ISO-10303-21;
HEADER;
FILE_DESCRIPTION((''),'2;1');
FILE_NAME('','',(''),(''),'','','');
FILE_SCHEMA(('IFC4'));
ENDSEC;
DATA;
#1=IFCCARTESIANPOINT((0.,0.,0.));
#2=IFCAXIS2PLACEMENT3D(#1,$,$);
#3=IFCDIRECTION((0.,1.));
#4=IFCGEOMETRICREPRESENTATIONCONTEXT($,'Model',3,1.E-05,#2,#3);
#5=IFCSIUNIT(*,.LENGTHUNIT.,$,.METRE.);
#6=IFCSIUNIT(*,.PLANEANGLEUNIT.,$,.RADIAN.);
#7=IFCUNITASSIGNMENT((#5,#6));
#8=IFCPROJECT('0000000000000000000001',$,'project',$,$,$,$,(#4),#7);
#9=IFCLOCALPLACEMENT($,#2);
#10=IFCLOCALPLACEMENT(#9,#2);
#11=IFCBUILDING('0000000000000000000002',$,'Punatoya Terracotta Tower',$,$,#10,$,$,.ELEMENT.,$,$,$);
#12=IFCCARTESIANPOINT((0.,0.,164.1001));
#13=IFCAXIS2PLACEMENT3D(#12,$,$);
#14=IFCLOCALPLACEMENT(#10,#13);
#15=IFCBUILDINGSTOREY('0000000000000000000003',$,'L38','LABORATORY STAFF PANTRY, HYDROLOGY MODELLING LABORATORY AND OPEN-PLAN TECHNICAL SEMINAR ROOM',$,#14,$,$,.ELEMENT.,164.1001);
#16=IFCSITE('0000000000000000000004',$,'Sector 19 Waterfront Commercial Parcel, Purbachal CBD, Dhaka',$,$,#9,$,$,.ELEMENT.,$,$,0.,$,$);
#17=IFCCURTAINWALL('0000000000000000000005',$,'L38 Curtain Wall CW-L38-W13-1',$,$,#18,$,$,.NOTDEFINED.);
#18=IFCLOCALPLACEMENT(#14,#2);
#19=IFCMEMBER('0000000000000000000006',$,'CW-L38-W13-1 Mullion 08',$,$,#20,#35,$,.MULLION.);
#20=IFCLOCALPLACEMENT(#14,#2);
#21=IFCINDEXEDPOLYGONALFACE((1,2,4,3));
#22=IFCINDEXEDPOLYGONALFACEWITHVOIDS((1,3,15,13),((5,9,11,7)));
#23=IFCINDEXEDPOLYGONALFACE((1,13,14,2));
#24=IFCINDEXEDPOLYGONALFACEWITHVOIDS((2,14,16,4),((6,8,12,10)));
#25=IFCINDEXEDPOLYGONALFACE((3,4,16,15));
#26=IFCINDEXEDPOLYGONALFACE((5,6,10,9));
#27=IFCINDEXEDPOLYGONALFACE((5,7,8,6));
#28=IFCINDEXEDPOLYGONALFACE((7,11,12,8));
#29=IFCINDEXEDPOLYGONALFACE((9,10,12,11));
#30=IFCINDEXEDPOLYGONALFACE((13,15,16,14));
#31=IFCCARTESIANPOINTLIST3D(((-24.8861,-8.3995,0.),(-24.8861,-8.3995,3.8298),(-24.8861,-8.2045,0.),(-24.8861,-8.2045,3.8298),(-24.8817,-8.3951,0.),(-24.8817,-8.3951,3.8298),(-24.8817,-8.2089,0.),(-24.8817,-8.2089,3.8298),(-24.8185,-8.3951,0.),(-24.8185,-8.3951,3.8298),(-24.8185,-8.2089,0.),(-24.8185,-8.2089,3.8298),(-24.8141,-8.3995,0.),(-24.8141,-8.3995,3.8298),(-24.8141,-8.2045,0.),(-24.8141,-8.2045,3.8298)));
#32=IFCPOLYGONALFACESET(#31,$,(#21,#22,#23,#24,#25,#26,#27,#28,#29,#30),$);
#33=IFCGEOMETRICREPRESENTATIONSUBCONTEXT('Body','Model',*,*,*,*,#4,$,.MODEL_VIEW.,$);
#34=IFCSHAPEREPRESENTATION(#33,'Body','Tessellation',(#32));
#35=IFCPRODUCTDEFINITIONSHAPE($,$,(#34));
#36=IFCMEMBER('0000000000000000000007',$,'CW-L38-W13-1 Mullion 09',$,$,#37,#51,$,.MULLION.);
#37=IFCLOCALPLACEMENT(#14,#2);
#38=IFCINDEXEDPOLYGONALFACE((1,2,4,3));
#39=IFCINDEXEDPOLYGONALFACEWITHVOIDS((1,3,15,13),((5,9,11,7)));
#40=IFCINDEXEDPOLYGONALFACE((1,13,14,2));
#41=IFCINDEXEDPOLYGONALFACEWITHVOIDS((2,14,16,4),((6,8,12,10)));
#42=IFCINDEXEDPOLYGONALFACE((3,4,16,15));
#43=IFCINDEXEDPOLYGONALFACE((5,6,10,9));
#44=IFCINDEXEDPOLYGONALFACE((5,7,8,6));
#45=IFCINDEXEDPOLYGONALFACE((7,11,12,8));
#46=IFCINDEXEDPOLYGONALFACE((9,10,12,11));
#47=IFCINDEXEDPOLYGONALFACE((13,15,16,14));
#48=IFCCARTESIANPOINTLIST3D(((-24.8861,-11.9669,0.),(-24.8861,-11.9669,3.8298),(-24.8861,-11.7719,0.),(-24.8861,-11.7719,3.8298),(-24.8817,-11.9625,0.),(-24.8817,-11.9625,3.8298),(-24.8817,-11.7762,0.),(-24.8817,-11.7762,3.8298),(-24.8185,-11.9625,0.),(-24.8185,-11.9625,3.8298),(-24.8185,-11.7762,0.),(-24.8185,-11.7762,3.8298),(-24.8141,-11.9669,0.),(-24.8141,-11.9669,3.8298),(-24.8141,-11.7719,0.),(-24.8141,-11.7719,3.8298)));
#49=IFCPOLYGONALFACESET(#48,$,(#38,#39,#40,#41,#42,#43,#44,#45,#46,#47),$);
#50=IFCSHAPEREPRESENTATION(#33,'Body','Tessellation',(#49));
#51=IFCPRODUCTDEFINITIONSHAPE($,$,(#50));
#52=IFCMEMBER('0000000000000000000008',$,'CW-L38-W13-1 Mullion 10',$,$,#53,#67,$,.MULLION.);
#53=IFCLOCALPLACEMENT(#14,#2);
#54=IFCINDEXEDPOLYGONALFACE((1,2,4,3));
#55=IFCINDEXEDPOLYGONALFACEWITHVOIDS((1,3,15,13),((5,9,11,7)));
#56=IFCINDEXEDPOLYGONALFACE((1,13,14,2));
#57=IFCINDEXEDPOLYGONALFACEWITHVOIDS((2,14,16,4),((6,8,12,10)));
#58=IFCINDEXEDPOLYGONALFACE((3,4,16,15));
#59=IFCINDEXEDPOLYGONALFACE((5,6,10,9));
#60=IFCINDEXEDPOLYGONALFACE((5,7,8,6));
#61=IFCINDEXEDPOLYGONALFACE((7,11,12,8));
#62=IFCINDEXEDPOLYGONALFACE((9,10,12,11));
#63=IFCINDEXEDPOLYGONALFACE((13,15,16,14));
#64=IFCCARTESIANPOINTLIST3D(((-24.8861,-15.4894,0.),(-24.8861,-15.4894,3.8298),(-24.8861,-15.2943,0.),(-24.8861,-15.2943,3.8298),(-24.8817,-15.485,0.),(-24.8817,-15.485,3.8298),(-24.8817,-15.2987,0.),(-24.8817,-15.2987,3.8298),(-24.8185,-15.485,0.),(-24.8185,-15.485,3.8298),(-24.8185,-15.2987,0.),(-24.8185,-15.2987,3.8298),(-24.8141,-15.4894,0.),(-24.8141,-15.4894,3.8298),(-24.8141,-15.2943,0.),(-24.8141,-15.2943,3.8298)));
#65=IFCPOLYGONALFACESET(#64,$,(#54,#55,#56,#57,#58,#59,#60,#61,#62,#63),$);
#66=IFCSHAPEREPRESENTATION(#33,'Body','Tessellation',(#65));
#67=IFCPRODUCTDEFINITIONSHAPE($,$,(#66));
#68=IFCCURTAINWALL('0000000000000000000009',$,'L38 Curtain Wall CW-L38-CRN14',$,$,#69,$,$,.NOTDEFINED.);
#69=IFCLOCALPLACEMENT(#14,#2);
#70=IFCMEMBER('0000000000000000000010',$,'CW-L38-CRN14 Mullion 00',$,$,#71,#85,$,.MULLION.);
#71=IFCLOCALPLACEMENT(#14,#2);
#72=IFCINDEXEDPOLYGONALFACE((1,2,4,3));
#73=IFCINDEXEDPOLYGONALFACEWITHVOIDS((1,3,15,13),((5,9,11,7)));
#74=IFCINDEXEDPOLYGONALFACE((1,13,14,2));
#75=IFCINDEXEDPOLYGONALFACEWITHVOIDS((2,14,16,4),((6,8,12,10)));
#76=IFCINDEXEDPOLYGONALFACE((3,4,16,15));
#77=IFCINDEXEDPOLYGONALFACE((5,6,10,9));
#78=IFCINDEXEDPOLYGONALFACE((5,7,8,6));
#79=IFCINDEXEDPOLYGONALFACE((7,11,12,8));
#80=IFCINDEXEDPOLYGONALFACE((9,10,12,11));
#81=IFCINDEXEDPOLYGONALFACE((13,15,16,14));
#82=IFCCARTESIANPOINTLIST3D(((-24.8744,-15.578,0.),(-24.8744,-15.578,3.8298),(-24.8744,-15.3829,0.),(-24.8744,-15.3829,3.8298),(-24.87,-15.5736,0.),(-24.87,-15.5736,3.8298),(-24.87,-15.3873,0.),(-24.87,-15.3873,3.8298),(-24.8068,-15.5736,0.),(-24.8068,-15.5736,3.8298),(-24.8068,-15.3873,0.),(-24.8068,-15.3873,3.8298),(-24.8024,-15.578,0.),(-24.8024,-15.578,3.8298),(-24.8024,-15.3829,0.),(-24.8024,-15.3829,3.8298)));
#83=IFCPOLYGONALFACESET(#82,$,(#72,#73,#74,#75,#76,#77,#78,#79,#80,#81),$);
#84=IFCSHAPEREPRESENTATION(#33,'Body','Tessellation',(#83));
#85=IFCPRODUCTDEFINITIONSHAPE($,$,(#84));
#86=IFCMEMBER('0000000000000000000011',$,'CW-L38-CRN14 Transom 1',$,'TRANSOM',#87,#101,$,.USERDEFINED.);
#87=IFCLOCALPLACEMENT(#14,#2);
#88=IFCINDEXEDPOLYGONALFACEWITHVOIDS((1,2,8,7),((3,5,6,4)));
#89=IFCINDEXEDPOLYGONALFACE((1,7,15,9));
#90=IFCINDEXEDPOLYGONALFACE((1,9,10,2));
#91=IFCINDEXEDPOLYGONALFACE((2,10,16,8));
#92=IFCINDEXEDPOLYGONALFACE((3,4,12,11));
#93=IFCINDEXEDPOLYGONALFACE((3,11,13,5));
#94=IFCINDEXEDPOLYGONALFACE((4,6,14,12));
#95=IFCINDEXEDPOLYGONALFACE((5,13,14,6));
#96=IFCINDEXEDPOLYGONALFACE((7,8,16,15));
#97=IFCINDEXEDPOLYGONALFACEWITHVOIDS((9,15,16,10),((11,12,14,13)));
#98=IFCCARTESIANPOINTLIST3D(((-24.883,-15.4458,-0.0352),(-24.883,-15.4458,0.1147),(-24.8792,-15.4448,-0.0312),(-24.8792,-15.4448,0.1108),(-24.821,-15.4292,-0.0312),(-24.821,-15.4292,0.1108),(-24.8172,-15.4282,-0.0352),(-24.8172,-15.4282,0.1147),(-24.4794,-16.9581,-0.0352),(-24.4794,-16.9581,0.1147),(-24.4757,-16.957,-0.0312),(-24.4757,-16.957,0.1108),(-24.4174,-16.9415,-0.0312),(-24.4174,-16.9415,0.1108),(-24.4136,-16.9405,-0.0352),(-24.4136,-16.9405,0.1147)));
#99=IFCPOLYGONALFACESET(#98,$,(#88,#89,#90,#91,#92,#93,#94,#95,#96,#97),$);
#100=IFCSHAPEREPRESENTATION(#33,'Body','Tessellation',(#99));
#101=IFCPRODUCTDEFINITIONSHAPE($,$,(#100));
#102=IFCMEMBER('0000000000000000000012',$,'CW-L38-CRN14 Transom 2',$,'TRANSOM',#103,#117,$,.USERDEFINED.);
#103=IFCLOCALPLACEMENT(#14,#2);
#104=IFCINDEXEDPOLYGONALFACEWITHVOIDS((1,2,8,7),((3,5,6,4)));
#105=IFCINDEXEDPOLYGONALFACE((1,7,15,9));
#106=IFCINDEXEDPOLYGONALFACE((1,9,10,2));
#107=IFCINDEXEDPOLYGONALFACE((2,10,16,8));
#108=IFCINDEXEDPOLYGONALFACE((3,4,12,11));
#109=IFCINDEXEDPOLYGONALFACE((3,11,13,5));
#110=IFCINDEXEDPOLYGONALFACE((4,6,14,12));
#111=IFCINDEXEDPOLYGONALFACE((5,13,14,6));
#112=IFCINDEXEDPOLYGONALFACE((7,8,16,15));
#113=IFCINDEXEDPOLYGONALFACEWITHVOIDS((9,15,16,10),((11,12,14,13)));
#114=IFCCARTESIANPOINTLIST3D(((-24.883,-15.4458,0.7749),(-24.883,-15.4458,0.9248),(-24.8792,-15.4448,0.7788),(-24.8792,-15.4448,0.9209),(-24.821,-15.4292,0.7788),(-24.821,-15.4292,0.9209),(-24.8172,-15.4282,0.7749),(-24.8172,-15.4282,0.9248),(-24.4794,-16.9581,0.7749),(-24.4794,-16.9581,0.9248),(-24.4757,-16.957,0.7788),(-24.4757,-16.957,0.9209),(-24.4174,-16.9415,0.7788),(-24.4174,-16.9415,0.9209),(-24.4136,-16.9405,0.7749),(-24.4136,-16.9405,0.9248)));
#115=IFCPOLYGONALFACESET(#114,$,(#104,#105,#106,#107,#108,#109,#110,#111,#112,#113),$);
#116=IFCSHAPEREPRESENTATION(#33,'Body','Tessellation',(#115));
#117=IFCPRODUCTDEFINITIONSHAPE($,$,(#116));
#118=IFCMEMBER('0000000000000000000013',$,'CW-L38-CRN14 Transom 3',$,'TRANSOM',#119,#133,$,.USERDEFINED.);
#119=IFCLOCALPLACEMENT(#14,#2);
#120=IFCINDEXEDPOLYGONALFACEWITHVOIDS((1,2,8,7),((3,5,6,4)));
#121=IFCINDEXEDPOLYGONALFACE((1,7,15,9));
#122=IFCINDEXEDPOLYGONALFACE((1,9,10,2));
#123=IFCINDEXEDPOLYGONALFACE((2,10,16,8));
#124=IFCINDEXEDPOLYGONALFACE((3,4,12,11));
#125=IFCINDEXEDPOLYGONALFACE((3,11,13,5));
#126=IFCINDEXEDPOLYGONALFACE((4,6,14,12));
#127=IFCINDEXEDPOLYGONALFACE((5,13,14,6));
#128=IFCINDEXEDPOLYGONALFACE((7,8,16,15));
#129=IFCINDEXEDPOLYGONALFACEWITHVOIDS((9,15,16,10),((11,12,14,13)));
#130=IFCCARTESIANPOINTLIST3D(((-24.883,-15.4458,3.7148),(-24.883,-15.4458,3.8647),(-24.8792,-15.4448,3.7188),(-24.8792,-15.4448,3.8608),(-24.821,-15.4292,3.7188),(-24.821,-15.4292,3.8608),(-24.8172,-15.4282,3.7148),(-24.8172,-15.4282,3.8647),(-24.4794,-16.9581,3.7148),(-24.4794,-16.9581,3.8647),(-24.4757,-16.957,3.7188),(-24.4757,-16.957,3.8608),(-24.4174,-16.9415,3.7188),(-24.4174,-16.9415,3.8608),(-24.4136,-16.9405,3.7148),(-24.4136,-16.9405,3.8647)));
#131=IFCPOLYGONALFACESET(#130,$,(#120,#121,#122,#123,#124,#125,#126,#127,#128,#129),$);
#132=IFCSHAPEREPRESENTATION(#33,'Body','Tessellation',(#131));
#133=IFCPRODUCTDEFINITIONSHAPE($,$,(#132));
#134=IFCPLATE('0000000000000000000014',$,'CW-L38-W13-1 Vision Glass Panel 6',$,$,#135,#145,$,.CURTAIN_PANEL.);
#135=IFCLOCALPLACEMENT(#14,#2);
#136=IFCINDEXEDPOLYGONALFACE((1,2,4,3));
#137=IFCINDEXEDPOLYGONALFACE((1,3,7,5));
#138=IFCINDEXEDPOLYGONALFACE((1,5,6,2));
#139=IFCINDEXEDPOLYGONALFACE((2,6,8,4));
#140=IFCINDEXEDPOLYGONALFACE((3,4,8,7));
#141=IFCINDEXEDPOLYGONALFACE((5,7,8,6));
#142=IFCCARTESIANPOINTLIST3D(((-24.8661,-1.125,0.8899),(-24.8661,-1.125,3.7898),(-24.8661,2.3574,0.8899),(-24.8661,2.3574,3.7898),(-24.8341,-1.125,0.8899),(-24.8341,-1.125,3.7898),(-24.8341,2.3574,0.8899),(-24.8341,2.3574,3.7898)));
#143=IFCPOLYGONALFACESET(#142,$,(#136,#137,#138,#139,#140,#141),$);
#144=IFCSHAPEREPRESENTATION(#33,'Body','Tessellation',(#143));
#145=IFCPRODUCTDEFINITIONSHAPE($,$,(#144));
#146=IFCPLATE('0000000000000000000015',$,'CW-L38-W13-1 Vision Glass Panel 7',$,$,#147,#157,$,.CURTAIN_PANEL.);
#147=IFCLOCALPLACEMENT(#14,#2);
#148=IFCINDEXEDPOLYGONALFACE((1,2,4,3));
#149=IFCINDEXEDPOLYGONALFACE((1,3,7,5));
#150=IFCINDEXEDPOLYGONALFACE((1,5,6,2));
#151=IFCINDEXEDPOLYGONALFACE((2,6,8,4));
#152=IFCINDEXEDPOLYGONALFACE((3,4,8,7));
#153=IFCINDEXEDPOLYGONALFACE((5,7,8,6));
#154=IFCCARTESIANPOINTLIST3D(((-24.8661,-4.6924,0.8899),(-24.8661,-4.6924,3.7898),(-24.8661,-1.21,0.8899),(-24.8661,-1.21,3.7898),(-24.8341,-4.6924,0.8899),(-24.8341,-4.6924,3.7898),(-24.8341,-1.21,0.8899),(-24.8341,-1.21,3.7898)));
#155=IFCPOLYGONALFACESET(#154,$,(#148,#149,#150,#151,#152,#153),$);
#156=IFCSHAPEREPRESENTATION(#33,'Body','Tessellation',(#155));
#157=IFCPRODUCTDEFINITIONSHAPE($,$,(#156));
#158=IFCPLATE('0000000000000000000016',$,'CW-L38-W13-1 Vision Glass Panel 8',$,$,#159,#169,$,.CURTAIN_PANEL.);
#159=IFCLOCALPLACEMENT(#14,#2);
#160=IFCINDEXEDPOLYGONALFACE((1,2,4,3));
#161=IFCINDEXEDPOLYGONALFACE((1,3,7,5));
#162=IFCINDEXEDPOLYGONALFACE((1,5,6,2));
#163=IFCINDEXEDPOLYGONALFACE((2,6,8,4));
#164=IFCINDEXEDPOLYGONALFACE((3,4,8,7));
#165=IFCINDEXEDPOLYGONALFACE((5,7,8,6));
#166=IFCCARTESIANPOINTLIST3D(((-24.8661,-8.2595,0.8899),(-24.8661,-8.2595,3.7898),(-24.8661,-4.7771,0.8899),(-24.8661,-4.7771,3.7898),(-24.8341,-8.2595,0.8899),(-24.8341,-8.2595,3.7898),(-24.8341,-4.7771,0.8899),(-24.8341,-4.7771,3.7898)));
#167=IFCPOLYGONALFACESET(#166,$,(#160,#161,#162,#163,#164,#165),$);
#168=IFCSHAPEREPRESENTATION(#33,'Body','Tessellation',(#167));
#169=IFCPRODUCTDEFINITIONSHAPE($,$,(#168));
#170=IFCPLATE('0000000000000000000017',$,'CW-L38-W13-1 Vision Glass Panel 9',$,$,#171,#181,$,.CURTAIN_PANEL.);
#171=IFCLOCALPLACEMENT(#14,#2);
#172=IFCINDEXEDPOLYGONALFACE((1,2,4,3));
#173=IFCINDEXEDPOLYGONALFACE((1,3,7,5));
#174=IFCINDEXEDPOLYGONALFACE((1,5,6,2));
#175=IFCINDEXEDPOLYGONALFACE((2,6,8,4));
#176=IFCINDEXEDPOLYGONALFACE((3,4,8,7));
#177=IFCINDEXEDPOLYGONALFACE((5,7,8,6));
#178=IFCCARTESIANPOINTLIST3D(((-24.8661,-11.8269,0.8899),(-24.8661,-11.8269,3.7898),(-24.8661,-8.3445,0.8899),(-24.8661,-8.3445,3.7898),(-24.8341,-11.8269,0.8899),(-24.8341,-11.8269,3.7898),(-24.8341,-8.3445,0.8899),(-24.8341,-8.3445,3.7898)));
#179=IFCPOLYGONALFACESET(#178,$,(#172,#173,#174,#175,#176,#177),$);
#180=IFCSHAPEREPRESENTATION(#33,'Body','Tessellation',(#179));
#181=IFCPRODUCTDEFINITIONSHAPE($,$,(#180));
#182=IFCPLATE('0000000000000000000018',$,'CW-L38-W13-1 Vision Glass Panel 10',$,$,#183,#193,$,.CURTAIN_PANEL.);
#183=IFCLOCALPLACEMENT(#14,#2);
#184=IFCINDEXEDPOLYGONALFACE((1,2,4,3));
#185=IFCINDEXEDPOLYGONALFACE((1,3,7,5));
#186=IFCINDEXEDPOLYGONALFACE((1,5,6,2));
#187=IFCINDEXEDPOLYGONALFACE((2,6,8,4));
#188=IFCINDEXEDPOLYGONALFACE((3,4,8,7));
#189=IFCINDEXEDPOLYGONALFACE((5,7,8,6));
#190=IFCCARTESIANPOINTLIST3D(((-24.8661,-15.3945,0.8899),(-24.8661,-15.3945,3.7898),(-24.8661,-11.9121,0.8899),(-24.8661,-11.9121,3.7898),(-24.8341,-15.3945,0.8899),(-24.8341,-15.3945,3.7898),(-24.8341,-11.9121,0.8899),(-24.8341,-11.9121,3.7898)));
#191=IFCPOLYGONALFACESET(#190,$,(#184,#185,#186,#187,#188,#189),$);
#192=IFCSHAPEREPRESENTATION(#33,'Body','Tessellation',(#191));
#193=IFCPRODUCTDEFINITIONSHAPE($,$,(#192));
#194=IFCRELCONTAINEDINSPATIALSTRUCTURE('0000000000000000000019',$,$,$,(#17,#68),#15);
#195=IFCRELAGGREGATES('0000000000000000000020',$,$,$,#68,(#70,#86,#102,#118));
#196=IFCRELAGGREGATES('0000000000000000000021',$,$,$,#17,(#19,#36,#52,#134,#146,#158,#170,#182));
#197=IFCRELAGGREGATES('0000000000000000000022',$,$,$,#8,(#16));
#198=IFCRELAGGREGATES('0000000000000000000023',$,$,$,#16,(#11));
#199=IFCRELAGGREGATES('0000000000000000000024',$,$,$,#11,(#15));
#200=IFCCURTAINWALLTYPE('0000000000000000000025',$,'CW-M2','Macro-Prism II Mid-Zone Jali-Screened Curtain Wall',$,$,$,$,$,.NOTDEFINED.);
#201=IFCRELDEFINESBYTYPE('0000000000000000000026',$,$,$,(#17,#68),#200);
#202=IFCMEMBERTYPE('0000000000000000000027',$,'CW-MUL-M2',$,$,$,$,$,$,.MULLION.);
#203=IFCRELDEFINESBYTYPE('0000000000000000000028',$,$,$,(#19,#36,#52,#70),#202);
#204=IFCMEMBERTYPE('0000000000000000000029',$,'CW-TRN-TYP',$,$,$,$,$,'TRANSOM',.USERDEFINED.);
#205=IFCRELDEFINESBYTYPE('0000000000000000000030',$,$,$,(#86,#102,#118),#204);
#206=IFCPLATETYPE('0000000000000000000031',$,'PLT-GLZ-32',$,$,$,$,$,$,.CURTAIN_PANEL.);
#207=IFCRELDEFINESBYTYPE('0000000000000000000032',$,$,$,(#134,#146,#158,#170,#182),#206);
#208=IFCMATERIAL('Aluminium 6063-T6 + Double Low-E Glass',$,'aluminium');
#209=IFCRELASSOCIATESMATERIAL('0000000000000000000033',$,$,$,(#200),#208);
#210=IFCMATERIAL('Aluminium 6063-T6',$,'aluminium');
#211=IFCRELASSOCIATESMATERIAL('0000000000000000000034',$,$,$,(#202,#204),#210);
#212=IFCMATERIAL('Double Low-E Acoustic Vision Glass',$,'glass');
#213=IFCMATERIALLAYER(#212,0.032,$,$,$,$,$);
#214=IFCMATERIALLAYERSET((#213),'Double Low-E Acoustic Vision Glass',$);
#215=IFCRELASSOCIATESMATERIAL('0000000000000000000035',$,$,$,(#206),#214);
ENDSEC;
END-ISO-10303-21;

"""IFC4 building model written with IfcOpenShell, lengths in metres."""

from ifc_helpers import new_model, si_unit, direction, frame, origin, origin_2d, place, context, subcontext, project, spatial, rectangle, hollow_rectangle, extrude, material, layer, layer_set, material_profile, profile_set, type_object, element, aggregate, save


model = new_model("IFC4")

# Units and contexts
model_context = context("Model", 3, precision=1e-05, world=origin(), true_north=direction((0.0, 1.0)))
body_context = subcontext(model_context, "Body", "Model", "MODEL_VIEW")
ifc_project = project(units=[si_unit("LENGTHUNIT", "METRE"), si_unit("PLANEANGLEUNIT", "RADIAN")], contexts=[model_context])

# Site, building, storey
site_placement = place(None, origin())
site = spatial("IfcSite", under=ifc_project, at=site_placement, Name="Sector 19 Waterfront Commercial Parcel, Purbachal CBD, Dhaka", CompositionType="ELEMENT", RefElevation=0.0)
building_placement = place(site_placement, origin())
building = spatial("IfcBuilding", under=site, at=building_placement, Name="Punatoya Terracotta Tower", CompositionType="ELEMENT")
storey_placement = place(building_placement, frame((0.0, 0.0, 164.1001)))
storey = spatial("IfcBuildingStorey", under=building, at=storey_placement, Name="L38", Description="LABORATORY STAFF PANTRY, HYDROLOGY MODELLING LABORATORY AND OPEN-PLAN TECHNICAL SEMINAR ROOM", CompositionType="ELEMENT", Elevation=164.1001)

# Curtain walls, members
ifc_material_1 = material(Name="Aluminium 6063-T6 + Double Low-E Glass", Category="aluminium")
curtain_wall_type = type_object("IfcCurtainWallType", Name="CW-M2", Description="Macro-Prism II Mid-Zone Jali-Screened Curtain Wall", PredefinedType="NOTDEFINED", material=ifc_material_1)
curtain_wall_1_placement = place(storey_placement, origin())
curtain_wall_1 = element("IfcCurtainWall", 1, at=curtain_wall_1_placement, inside=storey, type_object=curtain_wall_type, Name="L38 Curtain Wall CW-L38-W13-1", PredefinedType="NOTDEFINED")
ifc_material_2 = material(Name="Aluminium 6063-T6", Category="aluminium")
ifc_material_profile_1 = material_profile(ifc_material_2, hollow_rectangle(XDim=0.072, YDim=0.1951, WallThickness=0.0044, at=origin_2d()))
ifc_profile_set_1 = profile_set([ifc_material_profile_1], Name="Aluminium 6063-T6")
member_type_1 = type_object("IfcMemberType", Name="CW-MUL-M2", PredefinedType="MULLION", material=ifc_profile_set_1)
member_1_placement = place(storey_placement, frame((-24.8501, -8.302, 0.0), z_axis=(0.0, 0.0, 1.0), x_axis=(1.0, 0.0, 0.0)))
member_1 = element("IfcMember", 2, at=member_1_placement, type_object=member_type_1, Name="CW-L38-W13-1 Mullion 08", PredefinedType="MULLION", context=body_context, shape_type="SweptSolid", body=[
    extrude(hollow_rectangle(XDim=0.072, YDim=0.1951, WallThickness=0.0044, at=origin_2d()), origin(), (0.0, 0.0, 1.0), 3.8298),
])
member_2_placement = place(storey_placement, frame((-24.8501, -11.8694, 0.0), z_axis=(0.0, 0.0, 1.0), x_axis=(1.0, 0.0, 0.0)))
member_2 = element("IfcMember", 3, at=member_2_placement, type_object=member_type_1, Name="CW-L38-W13-1 Mullion 09", PredefinedType="MULLION", context=body_context, shape_type="SweptSolid", body=[
    extrude(hollow_rectangle(XDim=0.072, YDim=0.1951, WallThickness=0.0044, at=origin_2d()), origin(), (0.0, 0.0, 1.0), 3.8298),
])
member_3_placement = place(storey_placement, frame((-24.8501, -15.3918, 0.0), z_axis=(0.0, 0.0, 1.0), x_axis=(1.0, 0.0, 0.0)))
member_3 = element("IfcMember", 4, at=member_3_placement, type_object=member_type_1, Name="CW-L38-W13-1 Mullion 10", PredefinedType="MULLION", context=body_context, shape_type="SweptSolid", body=[
    extrude(hollow_rectangle(XDim=0.072, YDim=0.1951, WallThickness=0.0044, at=origin_2d()), origin(), (0.0, 0.0, 1.0), 3.8298),
])
curtain_wall_2_placement = place(storey_placement, origin())
curtain_wall_2 = element("IfcCurtainWall", 5, at=curtain_wall_2_placement, inside=storey, type_object=curtain_wall_type, Name="L38 Curtain Wall CW-L38-CRN14", PredefinedType="NOTDEFINED")
member_4_placement = place(storey_placement, frame((-24.8384, -15.4805, 0.0), z_axis=(0.0, 0.0, 1.0), x_axis=(1.0, 0.0, 0.0)))
member_4 = element("IfcMember", 6, at=member_4_placement, type_object=member_type_1, Name="CW-L38-CRN14 Mullion 00", PredefinedType="MULLION", context=body_context, shape_type="SweptSolid", body=[
    extrude(hollow_rectangle(XDim=0.072, YDim=0.1951, WallThickness=0.0044, at=origin_2d()), origin(), (0.0, 0.0, 1.0), 3.8298),
])
ifc_material_profile_2 = material_profile(ifc_material_2, hollow_rectangle(XDim=0.0681, YDim=0.1499, WallThickness=0.0039, at=origin_2d()))
ifc_profile_set_2 = profile_set([ifc_material_profile_2], Name="Aluminium 6063-T6")
member_type_2 = type_object("IfcMemberType", Name="CW-TRN-TYP", ElementType="TRANSOM", PredefinedType="USERDEFINED", material=ifc_profile_set_2)
member_5_placement = place(storey_placement, frame((-24.8501, -15.437, 0.0398), z_axis=(0.257847, -0.966186, 0.0), x_axis=(0.966186, 0.257847, 0.0)))
member_5 = element("IfcMember", 7, at=member_5_placement, type_object=member_type_2, Name="CW-L38-CRN14 Transom 1", ObjectType="TRANSOM", PredefinedType="USERDEFINED", context=body_context, shape_type="SweptSolid", body=[
    extrude(hollow_rectangle(XDim=0.0681, YDim=0.1499, WallThickness=0.0039, at=origin_2d()), origin(), (0.0, 0.0, 1.0), 1.5652),
])
member_6_placement = place(storey_placement, frame((-24.8501, -15.437, 0.8499), z_axis=(0.257847, -0.966186, 0.0), x_axis=(0.966186, 0.257847, 0.0)))
member_6 = element("IfcMember", 8, at=member_6_placement, type_object=member_type_2, Name="CW-L38-CRN14 Transom 2", ObjectType="TRANSOM", PredefinedType="USERDEFINED", context=body_context, shape_type="SweptSolid", body=[
    extrude(hollow_rectangle(XDim=0.0681, YDim=0.1499, WallThickness=0.0039, at=origin_2d()), origin(), (0.0, 0.0, 1.0), 1.5652),
])
member_7_placement = place(storey_placement, frame((-24.8501, -15.437, 3.7898), z_axis=(0.257847, -0.966186, 0.0), x_axis=(0.966186, 0.257847, 0.0)))
member_7 = element("IfcMember", 9, at=member_7_placement, type_object=member_type_2, Name="CW-L38-CRN14 Transom 3", ObjectType="TRANSOM", PredefinedType="USERDEFINED", context=body_context, shape_type="SweptSolid", body=[
    extrude(hollow_rectangle(XDim=0.0681, YDim=0.1499, WallThickness=0.0039, at=origin_2d()), origin(), (0.0, 0.0, 1.0), 1.5652),
])

# Plates
ifc_material_3 = material(Name="Double Low-E Acoustic Vision Glass", Category="glass")
ifc_layer_1 = layer(ifc_material_3, 0.032)
ifc_layer_set_1 = layer_set([ifc_layer_1], Name="Double Low-E Acoustic Vision Glass")
plate_type_1 = type_object("IfcPlateType", Name="PLT-GLZ-32", PredefinedType="CURTAIN_PANEL", material=ifc_layer_set_1)
plate_1_placement = place(storey_placement, frame((-24.8501, 0.6162, 0.8899), z_axis=(0.0, 0.0, 1.0), x_axis=(0.0, -1.0, 0.0)))
plate_1 = element("IfcPlate", 10, at=plate_1_placement, type_object=plate_type_1, Name="CW-L38-W13-1 Vision Glass Panel 6", PredefinedType="CURTAIN_PANEL", context=body_context, shape_type="SweptSolid", body=[
    extrude(rectangle(XDim=3.4824, YDim=0.032, at=origin_2d()), origin(), (0.0, 0.0, 1.0), 2.8999),
])
plate_2_placement = place(storey_placement, frame((-24.8501, -2.9512, 0.8899), z_axis=(0.0, 0.0, 1.0), x_axis=(0.0, -1.0, 0.0)))
plate_2 = element("IfcPlate", 11, at=plate_2_placement, type_object=plate_type_1, Name="CW-L38-W13-1 Vision Glass Panel 7", PredefinedType="CURTAIN_PANEL", context=body_context, shape_type="SweptSolid", body=[
    extrude(rectangle(XDim=3.4824, YDim=0.032, at=origin_2d()), origin(), (0.0, 0.0, 1.0), 2.8999),
])
plate_3_placement = place(storey_placement, frame((-24.8501, -6.5183, 0.8899), z_axis=(0.0, 0.0, 1.0), x_axis=(0.0, -1.0, 0.0)))
plate_3 = element("IfcPlate", 12, at=plate_3_placement, type_object=plate_type_1, Name="CW-L38-W13-1 Vision Glass Panel 8", PredefinedType="CURTAIN_PANEL", context=body_context, shape_type="SweptSolid", body=[
    extrude(rectangle(XDim=3.4824, YDim=0.032, at=origin_2d()), origin(), (0.0, 0.0, 1.0), 2.8999),
])
plate_4_placement = place(storey_placement, frame((-24.8501, -10.0857, 0.8899), z_axis=(0.0, 0.0, 1.0), x_axis=(0.0, -1.0, 0.0)))
plate_4 = element("IfcPlate", 13, at=plate_4_placement, type_object=plate_type_1, Name="CW-L38-W13-1 Vision Glass Panel 9", PredefinedType="CURTAIN_PANEL", context=body_context, shape_type="SweptSolid", body=[
    extrude(rectangle(XDim=3.4824, YDim=0.032, at=origin_2d()), origin(), (0.0, 0.0, 1.0), 2.8999),
])
plate_5_placement = place(storey_placement, frame((-24.8501, -13.6533, 0.8899), z_axis=(0.0, 0.0, 1.0), x_axis=(0.0, -1.0, 0.0)))
plate_5 = element("IfcPlate", 14, at=plate_5_placement, type_object=plate_type_1, Name="CW-L38-W13-1 Vision Glass Panel 10", PredefinedType="CURTAIN_PANEL", context=body_context, shape_type="SweptSolid", body=[
    extrude(rectangle(XDim=3.4824, YDim=0.032, at=origin_2d()), origin(), (0.0, 0.0, 1.0), 2.8999),
])
aggregate(curtain_wall_2, [member_4, member_5, member_6, member_7])
aggregate(curtain_wall_1, [member_1, member_2, member_3, plate_1, plate_2, plate_3, plate_4, plate_5])

save(model, "model.ifc")
